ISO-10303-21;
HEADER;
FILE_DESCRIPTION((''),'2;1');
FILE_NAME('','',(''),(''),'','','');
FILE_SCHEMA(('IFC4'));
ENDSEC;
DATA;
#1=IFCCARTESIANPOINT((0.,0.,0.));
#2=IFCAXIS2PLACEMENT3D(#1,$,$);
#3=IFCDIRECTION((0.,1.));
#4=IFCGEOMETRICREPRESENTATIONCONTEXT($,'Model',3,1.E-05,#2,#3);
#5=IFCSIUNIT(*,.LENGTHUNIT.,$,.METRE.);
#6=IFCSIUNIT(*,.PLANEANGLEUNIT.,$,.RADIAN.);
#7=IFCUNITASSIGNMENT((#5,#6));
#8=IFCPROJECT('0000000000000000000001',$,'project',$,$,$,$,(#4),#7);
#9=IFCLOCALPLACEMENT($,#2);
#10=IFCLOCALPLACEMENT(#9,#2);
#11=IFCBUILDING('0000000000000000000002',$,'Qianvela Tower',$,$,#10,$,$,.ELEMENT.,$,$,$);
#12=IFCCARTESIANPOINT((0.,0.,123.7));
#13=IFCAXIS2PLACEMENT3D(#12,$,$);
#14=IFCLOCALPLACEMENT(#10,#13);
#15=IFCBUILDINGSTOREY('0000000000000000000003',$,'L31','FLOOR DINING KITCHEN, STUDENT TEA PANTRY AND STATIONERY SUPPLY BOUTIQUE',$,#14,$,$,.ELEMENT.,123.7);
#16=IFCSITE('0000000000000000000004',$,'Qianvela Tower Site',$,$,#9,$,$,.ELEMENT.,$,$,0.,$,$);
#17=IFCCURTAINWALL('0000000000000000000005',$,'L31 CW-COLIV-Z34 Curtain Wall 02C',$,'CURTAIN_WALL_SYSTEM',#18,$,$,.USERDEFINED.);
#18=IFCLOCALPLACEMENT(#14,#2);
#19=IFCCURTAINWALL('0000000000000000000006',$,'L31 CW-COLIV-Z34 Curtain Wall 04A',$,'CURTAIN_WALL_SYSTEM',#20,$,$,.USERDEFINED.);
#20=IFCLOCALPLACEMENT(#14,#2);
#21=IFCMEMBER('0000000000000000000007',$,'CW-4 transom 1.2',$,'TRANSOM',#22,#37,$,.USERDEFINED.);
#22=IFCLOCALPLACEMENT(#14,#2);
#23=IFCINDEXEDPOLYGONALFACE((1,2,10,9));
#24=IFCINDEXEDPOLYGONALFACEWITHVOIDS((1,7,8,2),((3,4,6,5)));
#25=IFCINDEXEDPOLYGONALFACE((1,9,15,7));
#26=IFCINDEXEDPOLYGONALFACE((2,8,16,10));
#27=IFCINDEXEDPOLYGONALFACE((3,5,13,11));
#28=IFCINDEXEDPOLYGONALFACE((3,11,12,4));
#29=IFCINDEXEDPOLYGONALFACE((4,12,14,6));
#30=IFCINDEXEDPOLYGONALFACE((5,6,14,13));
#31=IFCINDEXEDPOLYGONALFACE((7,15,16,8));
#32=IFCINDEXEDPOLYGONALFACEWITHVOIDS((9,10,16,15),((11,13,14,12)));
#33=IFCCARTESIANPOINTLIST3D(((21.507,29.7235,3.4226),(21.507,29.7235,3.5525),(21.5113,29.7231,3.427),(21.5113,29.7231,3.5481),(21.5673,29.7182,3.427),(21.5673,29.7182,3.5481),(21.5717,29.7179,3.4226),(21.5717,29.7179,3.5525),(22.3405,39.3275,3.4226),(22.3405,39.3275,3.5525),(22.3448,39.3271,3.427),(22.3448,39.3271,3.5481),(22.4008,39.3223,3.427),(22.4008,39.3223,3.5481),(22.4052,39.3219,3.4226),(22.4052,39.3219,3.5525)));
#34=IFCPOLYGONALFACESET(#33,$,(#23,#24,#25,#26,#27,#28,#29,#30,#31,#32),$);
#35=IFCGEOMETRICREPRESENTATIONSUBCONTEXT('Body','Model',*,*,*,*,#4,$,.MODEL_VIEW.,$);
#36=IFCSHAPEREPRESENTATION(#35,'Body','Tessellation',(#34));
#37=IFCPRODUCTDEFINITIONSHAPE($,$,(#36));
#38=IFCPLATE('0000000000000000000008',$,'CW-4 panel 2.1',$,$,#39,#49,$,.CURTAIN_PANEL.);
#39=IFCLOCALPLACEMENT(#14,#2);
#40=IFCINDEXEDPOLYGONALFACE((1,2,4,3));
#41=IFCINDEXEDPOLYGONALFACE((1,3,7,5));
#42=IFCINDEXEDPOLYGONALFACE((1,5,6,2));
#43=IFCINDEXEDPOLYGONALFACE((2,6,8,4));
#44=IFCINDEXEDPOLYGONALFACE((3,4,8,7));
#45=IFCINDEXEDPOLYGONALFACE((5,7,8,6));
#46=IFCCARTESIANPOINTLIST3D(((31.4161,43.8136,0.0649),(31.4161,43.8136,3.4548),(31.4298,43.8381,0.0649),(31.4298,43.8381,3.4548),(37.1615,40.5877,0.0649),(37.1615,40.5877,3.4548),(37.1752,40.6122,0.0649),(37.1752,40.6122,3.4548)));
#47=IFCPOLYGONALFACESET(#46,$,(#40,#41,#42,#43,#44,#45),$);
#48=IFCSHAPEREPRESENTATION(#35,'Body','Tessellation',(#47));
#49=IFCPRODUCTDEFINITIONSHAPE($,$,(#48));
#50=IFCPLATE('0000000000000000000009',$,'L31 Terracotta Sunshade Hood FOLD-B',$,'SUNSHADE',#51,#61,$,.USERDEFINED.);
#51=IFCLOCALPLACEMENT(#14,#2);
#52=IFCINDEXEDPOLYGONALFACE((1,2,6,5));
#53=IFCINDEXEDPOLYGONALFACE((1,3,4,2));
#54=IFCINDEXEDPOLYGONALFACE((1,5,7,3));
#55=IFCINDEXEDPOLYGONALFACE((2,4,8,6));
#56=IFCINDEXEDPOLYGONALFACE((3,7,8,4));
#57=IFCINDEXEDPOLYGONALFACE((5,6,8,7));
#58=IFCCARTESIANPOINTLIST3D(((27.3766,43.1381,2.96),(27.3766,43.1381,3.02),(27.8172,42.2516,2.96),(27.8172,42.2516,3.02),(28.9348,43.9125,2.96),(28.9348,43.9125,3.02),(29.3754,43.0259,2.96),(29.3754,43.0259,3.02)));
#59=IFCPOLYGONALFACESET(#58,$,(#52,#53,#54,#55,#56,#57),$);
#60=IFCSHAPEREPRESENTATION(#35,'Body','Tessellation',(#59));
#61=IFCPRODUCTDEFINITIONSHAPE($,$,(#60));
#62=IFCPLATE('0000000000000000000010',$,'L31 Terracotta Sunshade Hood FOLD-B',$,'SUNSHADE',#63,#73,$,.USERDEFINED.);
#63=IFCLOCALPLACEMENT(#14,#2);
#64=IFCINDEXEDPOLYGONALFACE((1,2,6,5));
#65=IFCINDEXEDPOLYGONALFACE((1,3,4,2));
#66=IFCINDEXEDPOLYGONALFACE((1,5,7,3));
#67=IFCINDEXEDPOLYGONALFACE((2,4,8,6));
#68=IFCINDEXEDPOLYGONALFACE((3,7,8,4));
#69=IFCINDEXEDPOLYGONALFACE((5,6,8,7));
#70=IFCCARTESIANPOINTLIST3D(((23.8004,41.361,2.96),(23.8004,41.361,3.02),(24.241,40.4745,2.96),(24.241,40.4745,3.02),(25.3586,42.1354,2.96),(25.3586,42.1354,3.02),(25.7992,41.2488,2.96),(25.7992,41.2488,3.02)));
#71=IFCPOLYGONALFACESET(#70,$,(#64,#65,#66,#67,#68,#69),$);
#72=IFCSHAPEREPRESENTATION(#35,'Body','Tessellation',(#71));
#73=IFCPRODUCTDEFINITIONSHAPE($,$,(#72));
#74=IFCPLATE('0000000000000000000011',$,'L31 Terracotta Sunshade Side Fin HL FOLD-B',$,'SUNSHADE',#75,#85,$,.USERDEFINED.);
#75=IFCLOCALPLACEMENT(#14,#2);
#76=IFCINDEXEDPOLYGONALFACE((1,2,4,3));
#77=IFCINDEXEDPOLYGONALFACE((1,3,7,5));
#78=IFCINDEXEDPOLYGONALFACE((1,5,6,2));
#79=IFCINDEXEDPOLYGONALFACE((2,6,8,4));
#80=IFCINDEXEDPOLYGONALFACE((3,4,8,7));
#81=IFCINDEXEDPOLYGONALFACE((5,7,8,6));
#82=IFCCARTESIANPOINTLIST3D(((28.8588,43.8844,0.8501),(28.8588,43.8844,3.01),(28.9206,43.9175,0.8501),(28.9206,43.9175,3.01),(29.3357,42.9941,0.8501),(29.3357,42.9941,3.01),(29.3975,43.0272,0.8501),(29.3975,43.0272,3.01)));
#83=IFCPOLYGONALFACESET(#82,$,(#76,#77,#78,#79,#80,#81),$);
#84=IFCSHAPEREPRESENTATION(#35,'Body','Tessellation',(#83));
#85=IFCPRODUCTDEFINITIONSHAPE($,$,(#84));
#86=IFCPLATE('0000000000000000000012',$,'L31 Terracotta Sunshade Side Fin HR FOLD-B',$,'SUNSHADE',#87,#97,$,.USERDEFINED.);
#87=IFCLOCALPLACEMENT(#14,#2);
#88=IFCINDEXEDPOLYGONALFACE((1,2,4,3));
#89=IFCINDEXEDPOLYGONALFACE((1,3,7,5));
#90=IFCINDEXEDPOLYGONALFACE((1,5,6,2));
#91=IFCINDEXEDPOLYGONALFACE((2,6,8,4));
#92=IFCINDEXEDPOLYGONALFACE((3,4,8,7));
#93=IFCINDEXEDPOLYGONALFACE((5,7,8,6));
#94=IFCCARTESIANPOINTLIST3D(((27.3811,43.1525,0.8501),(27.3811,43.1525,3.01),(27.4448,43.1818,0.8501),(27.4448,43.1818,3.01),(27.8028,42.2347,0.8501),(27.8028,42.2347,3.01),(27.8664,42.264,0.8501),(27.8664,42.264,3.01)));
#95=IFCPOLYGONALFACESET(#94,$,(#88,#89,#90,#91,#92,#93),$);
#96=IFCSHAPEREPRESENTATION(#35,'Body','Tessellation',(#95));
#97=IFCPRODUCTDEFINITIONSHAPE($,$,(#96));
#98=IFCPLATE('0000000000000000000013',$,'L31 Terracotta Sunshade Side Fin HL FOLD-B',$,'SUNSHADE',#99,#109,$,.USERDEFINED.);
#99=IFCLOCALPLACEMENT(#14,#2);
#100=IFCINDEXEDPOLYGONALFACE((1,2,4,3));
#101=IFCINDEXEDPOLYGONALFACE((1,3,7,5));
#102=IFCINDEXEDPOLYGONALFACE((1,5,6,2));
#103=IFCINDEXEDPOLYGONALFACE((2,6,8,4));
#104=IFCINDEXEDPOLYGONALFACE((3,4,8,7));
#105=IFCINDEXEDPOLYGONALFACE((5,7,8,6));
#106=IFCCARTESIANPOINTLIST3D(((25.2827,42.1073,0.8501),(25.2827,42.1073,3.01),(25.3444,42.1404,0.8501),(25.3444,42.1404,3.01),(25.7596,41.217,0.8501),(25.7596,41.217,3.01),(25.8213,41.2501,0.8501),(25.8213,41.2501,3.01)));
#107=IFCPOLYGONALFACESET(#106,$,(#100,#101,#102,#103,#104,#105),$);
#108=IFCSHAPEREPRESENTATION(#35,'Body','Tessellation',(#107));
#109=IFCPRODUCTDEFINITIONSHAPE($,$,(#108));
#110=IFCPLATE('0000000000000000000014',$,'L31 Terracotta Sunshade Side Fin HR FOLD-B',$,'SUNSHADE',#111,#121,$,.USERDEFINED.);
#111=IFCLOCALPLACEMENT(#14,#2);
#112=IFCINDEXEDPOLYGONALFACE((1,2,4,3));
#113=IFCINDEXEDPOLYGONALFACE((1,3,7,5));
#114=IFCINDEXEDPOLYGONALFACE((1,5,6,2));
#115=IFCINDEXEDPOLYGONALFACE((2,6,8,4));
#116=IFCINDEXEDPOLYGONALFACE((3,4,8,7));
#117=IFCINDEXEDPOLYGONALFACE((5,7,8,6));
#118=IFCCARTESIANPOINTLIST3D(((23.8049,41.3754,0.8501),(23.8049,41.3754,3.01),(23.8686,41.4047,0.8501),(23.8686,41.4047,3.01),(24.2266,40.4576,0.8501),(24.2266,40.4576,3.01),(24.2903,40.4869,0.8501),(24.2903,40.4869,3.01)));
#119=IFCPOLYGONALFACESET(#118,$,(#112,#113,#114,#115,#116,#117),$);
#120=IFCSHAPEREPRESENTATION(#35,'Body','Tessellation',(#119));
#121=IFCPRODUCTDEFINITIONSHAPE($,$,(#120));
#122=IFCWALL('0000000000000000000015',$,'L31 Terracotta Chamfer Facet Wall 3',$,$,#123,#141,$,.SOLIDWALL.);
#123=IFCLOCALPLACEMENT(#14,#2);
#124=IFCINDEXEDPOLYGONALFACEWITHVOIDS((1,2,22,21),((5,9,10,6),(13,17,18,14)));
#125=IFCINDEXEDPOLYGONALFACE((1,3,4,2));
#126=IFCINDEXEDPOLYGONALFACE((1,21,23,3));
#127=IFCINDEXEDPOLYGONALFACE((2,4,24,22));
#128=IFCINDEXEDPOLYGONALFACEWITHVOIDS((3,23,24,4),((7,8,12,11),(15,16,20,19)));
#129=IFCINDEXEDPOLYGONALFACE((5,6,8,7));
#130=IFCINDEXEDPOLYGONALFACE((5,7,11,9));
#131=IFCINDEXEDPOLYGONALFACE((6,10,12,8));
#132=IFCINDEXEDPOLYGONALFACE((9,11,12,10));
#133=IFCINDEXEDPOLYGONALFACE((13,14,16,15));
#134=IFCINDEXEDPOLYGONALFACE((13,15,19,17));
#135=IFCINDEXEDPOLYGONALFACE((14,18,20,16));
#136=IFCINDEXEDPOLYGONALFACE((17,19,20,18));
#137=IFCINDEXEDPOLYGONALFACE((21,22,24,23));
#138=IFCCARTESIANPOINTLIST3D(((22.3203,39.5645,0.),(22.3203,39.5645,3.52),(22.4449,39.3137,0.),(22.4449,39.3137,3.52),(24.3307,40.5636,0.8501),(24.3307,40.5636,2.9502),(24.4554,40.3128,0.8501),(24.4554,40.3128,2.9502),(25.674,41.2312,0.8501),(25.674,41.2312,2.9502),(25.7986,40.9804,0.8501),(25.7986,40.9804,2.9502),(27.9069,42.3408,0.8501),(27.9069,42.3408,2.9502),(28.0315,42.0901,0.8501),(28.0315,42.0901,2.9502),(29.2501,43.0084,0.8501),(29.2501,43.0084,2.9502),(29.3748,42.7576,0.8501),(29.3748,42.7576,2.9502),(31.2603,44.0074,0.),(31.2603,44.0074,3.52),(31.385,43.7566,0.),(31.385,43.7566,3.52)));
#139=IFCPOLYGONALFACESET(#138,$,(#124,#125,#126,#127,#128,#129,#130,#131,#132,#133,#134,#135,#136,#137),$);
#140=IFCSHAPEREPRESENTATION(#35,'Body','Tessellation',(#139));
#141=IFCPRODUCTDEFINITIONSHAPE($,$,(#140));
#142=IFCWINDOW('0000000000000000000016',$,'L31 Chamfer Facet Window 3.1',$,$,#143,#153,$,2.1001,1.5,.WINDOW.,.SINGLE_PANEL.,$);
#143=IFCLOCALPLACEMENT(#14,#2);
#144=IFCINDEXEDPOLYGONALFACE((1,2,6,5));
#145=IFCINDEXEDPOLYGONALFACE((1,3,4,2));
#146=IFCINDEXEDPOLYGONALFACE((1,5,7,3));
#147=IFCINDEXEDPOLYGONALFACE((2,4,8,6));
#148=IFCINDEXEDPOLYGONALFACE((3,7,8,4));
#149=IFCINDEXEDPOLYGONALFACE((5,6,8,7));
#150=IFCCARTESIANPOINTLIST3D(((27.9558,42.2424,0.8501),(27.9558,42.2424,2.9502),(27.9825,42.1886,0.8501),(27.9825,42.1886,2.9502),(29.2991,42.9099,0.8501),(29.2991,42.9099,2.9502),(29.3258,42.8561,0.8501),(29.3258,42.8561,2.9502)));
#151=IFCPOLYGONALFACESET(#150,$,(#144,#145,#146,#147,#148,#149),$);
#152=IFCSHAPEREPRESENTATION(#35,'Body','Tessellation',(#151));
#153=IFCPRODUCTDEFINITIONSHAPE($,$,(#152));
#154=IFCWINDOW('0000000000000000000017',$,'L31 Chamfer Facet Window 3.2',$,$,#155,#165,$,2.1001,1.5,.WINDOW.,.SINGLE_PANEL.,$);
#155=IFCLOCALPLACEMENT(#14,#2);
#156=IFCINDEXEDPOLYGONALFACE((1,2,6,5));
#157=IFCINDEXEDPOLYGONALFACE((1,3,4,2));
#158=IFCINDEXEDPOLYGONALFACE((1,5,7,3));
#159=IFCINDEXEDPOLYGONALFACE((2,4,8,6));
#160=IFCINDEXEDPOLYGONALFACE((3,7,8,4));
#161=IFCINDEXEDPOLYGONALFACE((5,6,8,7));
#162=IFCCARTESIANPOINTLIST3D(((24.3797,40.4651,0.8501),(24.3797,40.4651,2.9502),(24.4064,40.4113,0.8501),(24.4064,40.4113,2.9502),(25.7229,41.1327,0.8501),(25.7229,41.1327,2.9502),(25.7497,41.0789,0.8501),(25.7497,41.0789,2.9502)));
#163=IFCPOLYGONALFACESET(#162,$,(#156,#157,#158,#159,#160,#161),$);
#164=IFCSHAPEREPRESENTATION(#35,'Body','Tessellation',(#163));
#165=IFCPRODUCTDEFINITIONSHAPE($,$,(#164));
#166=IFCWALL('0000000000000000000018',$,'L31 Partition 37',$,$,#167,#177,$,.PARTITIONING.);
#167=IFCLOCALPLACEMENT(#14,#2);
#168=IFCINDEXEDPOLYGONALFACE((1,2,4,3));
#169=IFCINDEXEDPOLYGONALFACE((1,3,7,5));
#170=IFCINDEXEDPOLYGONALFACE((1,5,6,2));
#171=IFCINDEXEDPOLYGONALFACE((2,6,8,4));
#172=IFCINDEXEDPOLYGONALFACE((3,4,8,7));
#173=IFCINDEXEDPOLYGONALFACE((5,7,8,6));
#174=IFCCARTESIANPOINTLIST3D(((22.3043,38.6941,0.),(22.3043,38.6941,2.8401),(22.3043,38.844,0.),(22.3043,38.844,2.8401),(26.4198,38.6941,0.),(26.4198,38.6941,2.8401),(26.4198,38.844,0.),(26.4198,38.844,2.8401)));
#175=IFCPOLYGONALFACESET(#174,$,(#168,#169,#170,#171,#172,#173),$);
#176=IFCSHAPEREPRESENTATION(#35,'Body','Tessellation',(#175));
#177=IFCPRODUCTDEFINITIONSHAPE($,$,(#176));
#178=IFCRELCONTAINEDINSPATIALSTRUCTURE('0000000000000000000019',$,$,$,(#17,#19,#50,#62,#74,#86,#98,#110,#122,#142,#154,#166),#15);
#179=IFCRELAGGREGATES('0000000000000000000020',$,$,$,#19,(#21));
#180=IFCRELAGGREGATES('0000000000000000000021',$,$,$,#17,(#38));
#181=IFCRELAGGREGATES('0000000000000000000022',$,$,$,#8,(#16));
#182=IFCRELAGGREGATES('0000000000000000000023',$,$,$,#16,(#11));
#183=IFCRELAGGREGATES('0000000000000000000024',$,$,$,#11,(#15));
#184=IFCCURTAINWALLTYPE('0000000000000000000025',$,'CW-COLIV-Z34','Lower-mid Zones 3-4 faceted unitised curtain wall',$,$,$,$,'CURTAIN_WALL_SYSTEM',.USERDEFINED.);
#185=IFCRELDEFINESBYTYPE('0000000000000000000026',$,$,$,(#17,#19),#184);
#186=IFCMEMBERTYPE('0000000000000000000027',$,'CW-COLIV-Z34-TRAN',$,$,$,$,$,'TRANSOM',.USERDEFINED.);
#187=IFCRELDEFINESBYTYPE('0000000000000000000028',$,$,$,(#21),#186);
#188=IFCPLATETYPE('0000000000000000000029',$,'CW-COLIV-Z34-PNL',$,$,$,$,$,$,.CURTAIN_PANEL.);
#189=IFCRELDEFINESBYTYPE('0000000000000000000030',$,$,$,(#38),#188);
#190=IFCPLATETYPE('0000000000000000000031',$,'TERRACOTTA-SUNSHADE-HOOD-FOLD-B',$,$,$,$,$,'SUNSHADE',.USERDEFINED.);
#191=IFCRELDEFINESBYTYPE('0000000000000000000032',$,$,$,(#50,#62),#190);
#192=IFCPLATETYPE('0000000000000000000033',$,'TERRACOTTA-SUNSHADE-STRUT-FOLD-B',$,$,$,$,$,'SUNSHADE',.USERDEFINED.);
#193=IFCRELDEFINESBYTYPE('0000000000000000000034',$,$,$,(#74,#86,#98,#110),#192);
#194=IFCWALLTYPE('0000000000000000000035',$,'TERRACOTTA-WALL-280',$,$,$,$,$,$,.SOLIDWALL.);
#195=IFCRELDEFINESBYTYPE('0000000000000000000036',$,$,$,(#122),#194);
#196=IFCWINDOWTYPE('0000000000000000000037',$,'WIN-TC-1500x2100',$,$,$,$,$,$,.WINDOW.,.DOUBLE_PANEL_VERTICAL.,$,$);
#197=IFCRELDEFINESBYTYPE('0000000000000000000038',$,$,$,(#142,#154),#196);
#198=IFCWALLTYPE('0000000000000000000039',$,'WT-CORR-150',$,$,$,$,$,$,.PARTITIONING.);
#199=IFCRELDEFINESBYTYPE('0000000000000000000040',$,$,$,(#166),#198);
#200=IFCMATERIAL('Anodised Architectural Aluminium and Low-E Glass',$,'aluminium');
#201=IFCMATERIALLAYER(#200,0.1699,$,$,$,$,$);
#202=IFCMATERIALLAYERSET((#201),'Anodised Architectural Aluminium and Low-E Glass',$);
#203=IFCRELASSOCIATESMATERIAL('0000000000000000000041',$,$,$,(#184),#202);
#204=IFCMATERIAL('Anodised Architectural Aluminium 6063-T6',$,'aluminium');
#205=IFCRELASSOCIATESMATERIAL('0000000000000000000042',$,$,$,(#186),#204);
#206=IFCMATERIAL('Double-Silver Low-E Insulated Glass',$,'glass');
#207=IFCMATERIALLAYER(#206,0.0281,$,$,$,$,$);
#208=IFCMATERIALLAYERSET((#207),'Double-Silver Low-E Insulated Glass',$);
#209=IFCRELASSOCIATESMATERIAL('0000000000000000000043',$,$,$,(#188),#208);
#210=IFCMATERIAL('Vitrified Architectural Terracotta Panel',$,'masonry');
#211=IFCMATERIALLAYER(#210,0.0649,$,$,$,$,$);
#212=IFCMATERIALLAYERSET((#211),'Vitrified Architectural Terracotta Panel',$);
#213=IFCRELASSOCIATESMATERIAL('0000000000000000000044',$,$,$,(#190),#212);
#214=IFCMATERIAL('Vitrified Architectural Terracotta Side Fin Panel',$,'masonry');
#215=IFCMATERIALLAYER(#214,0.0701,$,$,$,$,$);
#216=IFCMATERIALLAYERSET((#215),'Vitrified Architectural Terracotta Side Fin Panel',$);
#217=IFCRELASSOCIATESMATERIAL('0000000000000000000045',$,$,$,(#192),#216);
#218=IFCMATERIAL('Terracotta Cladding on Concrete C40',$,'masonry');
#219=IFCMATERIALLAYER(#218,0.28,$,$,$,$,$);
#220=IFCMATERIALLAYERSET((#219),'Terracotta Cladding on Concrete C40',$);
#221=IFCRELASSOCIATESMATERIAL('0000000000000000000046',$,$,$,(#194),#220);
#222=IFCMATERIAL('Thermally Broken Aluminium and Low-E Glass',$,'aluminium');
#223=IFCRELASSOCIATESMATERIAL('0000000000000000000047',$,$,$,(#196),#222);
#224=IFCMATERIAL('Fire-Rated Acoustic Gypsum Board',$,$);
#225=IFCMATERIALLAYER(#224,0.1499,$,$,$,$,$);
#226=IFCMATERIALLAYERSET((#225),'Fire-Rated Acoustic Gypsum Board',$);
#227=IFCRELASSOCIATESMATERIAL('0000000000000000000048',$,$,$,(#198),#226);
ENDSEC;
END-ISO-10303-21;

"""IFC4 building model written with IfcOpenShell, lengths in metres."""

from ifc_helpers import new_model, si_unit, direction, frame, frame_2d, origin, origin_2d, place, context, subcontext, project, spatial, rectangle, hollow_rectangle, extrude, material, layer, layer_set, material_profile, profile_set, type_object, element, fill, aggregate, save


model = new_model("IFC4")

# Units and contexts
model_context = context("Model", 3, precision=1e-05, world=origin(), true_north=direction((0.0, 1.0)))
body_context = subcontext(model_context, "Body", "Model", "MODEL_VIEW")
ifc_project = project(units=[si_unit("LENGTHUNIT", "METRE"), si_unit("PLANEANGLEUNIT", "RADIAN")], contexts=[model_context])

# Site, building, storey
site_placement = place(None, origin())
site = spatial("IfcSite", under=ifc_project, at=site_placement, Name="Qianvela Tower Site", CompositionType="ELEMENT", RefElevation=0.0)
building_placement = place(site_placement, origin())
building = spatial("IfcBuilding", under=site, at=building_placement, Name="Qianvela Tower", CompositionType="ELEMENT")
storey_placement = place(building_placement, frame((0.0, 0.0, 123.7)))
storey = spatial("IfcBuildingStorey", under=building, at=storey_placement, Name="L31", Description="FLOOR DINING KITCHEN, STUDENT TEA PANTRY AND STATIONERY SUPPLY BOUTIQUE", CompositionType="ELEMENT", Elevation=123.7)

# Curtain wall
ifc_material_1 = material(Name="Anodised Architectural Aluminium and Low-E Glass", Category="aluminium")
ifc_layer_1 = layer(ifc_material_1, 0.1699)
ifc_layer_set_1 = layer_set([ifc_layer_1], Name="Anodised Architectural Aluminium and Low-E Glass")
curtain_wall_type = type_object("IfcCurtainWallType", Name="CW-COLIV-Z34", Description="Lower-mid Zones 3-4 faceted unitised curtain wall", ElementType="CURTAIN_WALL_SYSTEM", PredefinedType="USERDEFINED", material=ifc_layer_set_1)
curtain_wall_1_placement = place(storey_placement, origin())
curtain_wall_1 = element("IfcCurtainWall", 1, at=curtain_wall_1_placement, inside=storey, type_object=curtain_wall_type, Name="L31 CW-COLIV-Z34 Curtain Wall 02C", ObjectType="CURTAIN_WALL_SYSTEM", PredefinedType="USERDEFINED")

# Curtain wall, member
curtain_wall_2_placement = place(storey_placement, origin())
curtain_wall_2 = element("IfcCurtainWall", 2, at=curtain_wall_2_placement, inside=storey, type_object=curtain_wall_type, Name="L31 CW-COLIV-Z34 Curtain Wall 04A", ObjectType="CURTAIN_WALL_SYSTEM", PredefinedType="USERDEFINED")
ifc_material_2 = material(Name="Anodised Architectural Aluminium 6063-T6", Category="aluminium")
ifc_material_profile_1 = material_profile(ifc_material_2, hollow_rectangle(XDim=0.0649, YDim=0.1299, WallThickness=0.0044, at=origin_2d()), Name="ALU-TRAN-65x130")
ifc_profile_set_1 = profile_set([ifc_material_profile_1], Name="Anodised Architectural Aluminium 6063-T6")
member_type_1 = type_object("IfcMemberType", Name="CW-COLIV-Z34-TRAN", ElementType="TRANSOM", PredefinedType="USERDEFINED", material=ifc_profile_set_1)
member_1_placement = place(storey_placement, frame((22.3728, 39.3247, 3.4875), z_axis=(-0.086461, -0.996255, 0.0), x_axis=(0.996255, -0.086461, 0.0)))
member_1 = element("IfcMember", 3, at=member_1_placement, type_object=member_type_1, Name="CW-4 transom 1.2", ObjectType="TRANSOM", PredefinedType="USERDEFINED", context=body_context, shape_type="SweptSolid", body=[
    extrude(hollow_rectangle(XDim=0.0649, YDim=0.1299, WallThickness=0.0044, at=origin_2d()), origin(), (0.0, 0.0, 1.0), 9.6401),
])
aggregate(curtain_wall_2, [member_1])

# Plate
ifc_material_3 = material(Name="Double-Silver Low-E Insulated Glass", Category="glass")
ifc_layer_2 = layer(ifc_material_3, 0.0281)
ifc_layer_set_2 = layer_set([ifc_layer_2], Name="Double-Silver Low-E Insulated Glass")
plate_type_1 = type_object("IfcPlateType", Name="CW-COLIV-Z34-PNL", PredefinedType="CURTAIN_PANEL", material=ifc_layer_set_2)
plate_placement = place(storey_placement, frame((34.2957, 42.2129, 0.0649), z_axis=(0.0, 0.0, 1.0), x_axis=(-0.87196, 0.489576, 0.0)))
plate = element("IfcPlate", 4, at=plate_placement, type_object=plate_type_1, Name="CW-4 panel 2.1", PredefinedType="CURTAIN_PANEL", context=body_context, shape_type="SweptSolid", body=[
    extrude(rectangle(XDim=6.5891, YDim=0.0281, at=origin_2d()), origin(), (0.0, 0.0, 1.0), 3.3899),
])
aggregate(curtain_wall_1, [plate])

# Plates
ifc_material_4 = material(Name="Vitrified Architectural Terracotta Panel", Category="masonry")
ifc_layer_3 = layer(ifc_material_4, 0.0649)
ifc_layer_set_3 = layer_set([ifc_layer_3], Name="Vitrified Architectural Terracotta Panel")
plate_type_2 = type_object("IfcPlateType", Name="TERRACOTTA-SUNSHADE-HOOD-FOLD-B", ElementType="SUNSHADE", PredefinedType="USERDEFINED", material=ifc_layer_set_3)
for number, where, z_axis, x_axis, name in (
    (5, (28.376, 43.082, 2.96), (0.0, 0.0, 1.0), (-0.895511, -0.44504, 0.0), "L31 Terracotta Sunshade Hood FOLD-B"),
    (6, (24.7998, 41.3049, 2.96), (0.0, 0.0, 1.0), (-0.895511, -0.44504, 0.0), "L31 Terracotta Sunshade Hood FOLD-B"),
):
    element("IfcPlate", number, at=place(storey_placement, frame(where, z_axis=z_axis, x_axis=x_axis)), inside=storey, type_object=plate_type_2, Name=name, ObjectType="SUNSHADE", PredefinedType="USERDEFINED", context=body_context, shape_type="SweptSolid", body=[
        extrude(rectangle(XDim=1.74, YDim=0.99, at=origin_2d()), origin(), (0.0, 0.0, 1.0), 0.0601),
    ])
ifc_material_5 = material(Name="Vitrified Architectural Terracotta Side Fin Panel", Category="masonry")
ifc_layer_4 = layer(ifc_material_5, 0.0701)
ifc_layer_set_4 = layer_set([ifc_layer_4], Name="Vitrified Architectural Terracotta Side Fin Panel")
plate_type_3 = type_object("IfcPlateType", Name="TERRACOTTA-SUNSHADE-STRUT-FOLD-B", ElementType="SUNSHADE", PredefinedType="USERDEFINED", material=ifc_layer_set_4)
for number, where, z_axis, x_axis, name in (
    (7, (29.1282, 43.4558, 0.8501), (0.0, 0.0, 1.0), (-0.881502, -0.47218, 0.0), "L31 Terracotta Sunshade Side Fin HL FOLD-B"),
    (8, (27.6238, 42.7083, 0.8501), (0.0, 0.0, 1.0), (-0.908684, -0.417485, 0.0), "L31 Terracotta Sunshade Side Fin HR FOLD-B"),
    (9, (25.552, 41.6787, 0.8501), (0.0, 0.0, 1.0), (-0.881502, -0.47218, 0.0), "L31 Terracotta Sunshade Side Fin HL FOLD-B"),
    (10, (24.0476, 40.9312, 0.8501), (0.0, 0.0, 1.0), (-0.908684, -0.417485, 0.0), "L31 Terracotta Sunshade Side Fin HR FOLD-B"),
):
    element("IfcPlate", number, at=place(storey_placement, frame(where, z_axis=z_axis, x_axis=x_axis)), inside=storey, type_object=plate_type_3, Name=name, ObjectType="SUNSHADE", PredefinedType="USERDEFINED", context=body_context, shape_type="SweptSolid", body=[
        extrude(rectangle(XDim=0.0701, YDim=1.01, at=origin_2d()), origin(), (0.0, 0.0, 1.0), 2.1599),
    ])

# Wall, openings, windows
ifc_material_6 = material(Name="Terracotta Cladding on Concrete C40", Category="masonry")
ifc_layer_5 = layer(ifc_material_6, 0.28)
ifc_layer_set_5 = layer_set([ifc_layer_5], Name="Terracotta Cladding on Concrete C40")
wall_type_1 = type_object("IfcWallType", Name="TERRACOTTA-WALL-280", PredefinedType="SOLIDWALL", material=ifc_layer_set_5)
wall_1_placement = place(storey_placement, frame((31.3228, 43.8821, 0.0), z_axis=(0.0, 0.0, 1.0), x_axis=(-0.89551, -0.445041, 0.0)))
wall_1 = element("IfcWall", 11, at=wall_1_placement, inside=storey, type_object=wall_type_1, Name="L31 Terracotta Chamfer Facet Wall 3", PredefinedType="SOLIDWALL", context=body_context, shape_type="SweptSolid", body=[
    extrude(rectangle(XDim=9.9832, YDim=0.28, at=frame_2d((4.9917, 0.0))), origin(), (0.0, 0.0, 1.0), 3.52),
])
opening_1_placement = place(wall_1_placement, frame((2.2449, 0.0, 0.8501)))
opening_1 = element("IfcOpeningElement", 12, at=opening_1_placement, cuts=wall_1, PredefinedType="OPENING", context=body_context, shape_type="SweptSolid", body=[
    extrude(rectangle(XDim=1.5, YDim=2.1001, at=frame_2d((0.75, 1.05))), frame((0.0, 0.1499, 0.0), z_axis=(0.0, -1.0, 0.0), x_axis=(1.0, 0.0, 0.0)), (0.0, 0.0, 1.0), 0.3),
])
opening_2_placement = place(wall_1_placement, frame((6.2383, 0.0, 0.8501)))
opening_2 = element("IfcOpeningElement", 13, at=opening_2_placement, cuts=wall_1, PredefinedType="OPENING", context=body_context, shape_type="SweptSolid", body=[
    extrude(rectangle(XDim=1.5, YDim=2.1001, at=frame_2d((0.75, 1.05))), frame((0.0, 0.1499, 0.0), z_axis=(0.0, -1.0, 0.0), x_axis=(1.0, 0.0, 0.0)), (0.0, 0.0, 1.0), 0.3),
])
ifc_material_7 = material(Name="Thermally Broken Aluminium and Low-E Glass", Category="aluminium")
window_type = type_object("IfcWindowType", Name="WIN-TC-1500x2100", PartitioningType="DOUBLE_PANEL_VERTICAL", PredefinedType="WINDOW", material=ifc_material_7)
window_1_placement = place(opening_1_placement, origin())
window_1 = element("IfcWindow", 14, at=window_1_placement, inside=storey, type_object=window_type, Name="L31 Chamfer Facet Window 3.1", OverallHeight=2.1001, OverallWidth=1.5, PartitioningType="SINGLE_PANEL", PredefinedType="WINDOW", context=body_context, shape_type="SweptSolid", body=[
    extrude(rectangle(XDim=1.5, YDim=2.1001, at=frame_2d((0.75, 1.05))), frame((0.0, 0.03, 0.0), z_axis=(0.0, -1.0, 0.0), x_axis=(1.0, 0.0, 0.0)), (0.0, 0.0, 1.0), 0.0601),
])
fill(opening_1, window_1)
window_2_placement = place(opening_2_placement, origin())
window_2 = element("IfcWindow", 15, at=window_2_placement, inside=storey, type_object=window_type, Name="L31 Chamfer Facet Window 3.2", OverallHeight=2.1001, OverallWidth=1.5, PartitioningType="SINGLE_PANEL", PredefinedType="WINDOW", context=body_context, shape_type="SweptSolid", body=[
    extrude(rectangle(XDim=1.5, YDim=2.1001, at=frame_2d((0.75, 1.05))), frame((0.0, 0.03, 0.0), z_axis=(0.0, -1.0, 0.0), x_axis=(1.0, 0.0, 0.0)), (0.0, 0.0, 1.0), 0.0601),
])
fill(opening_2, window_2)

# Wall
ifc_material_8 = material(Name="Fire-Rated Acoustic Gypsum Board")
ifc_layer_6 = layer(ifc_material_8, 0.1499)
ifc_layer_set_6 = layer_set([ifc_layer_6], Name="Fire-Rated Acoustic Gypsum Board")
wall_type_2 = type_object("IfcWallType", Name="WT-CORR-150", PredefinedType="PARTITIONING", material=ifc_layer_set_6)
wall_2_placement = place(storey_placement, frame((22.3044, 38.769, 0.0), z_axis=(0.0, 0.0, 1.0), x_axis=(1.0, 0.0, 0.0)))
element("IfcWall", 16, at=wall_2_placement, inside=storey, type_object=wall_type_2, Name="L31 Partition 37", PredefinedType="PARTITIONING", context=body_context, shape_type="SweptSolid", body=[
    extrude(rectangle(XDim=4.1155, YDim=0.1499, at=frame_2d((2.0576, 0.0))), origin(), (0.0, 0.0, 1.0), 2.8401),
])

save(model, "model.ifc")
